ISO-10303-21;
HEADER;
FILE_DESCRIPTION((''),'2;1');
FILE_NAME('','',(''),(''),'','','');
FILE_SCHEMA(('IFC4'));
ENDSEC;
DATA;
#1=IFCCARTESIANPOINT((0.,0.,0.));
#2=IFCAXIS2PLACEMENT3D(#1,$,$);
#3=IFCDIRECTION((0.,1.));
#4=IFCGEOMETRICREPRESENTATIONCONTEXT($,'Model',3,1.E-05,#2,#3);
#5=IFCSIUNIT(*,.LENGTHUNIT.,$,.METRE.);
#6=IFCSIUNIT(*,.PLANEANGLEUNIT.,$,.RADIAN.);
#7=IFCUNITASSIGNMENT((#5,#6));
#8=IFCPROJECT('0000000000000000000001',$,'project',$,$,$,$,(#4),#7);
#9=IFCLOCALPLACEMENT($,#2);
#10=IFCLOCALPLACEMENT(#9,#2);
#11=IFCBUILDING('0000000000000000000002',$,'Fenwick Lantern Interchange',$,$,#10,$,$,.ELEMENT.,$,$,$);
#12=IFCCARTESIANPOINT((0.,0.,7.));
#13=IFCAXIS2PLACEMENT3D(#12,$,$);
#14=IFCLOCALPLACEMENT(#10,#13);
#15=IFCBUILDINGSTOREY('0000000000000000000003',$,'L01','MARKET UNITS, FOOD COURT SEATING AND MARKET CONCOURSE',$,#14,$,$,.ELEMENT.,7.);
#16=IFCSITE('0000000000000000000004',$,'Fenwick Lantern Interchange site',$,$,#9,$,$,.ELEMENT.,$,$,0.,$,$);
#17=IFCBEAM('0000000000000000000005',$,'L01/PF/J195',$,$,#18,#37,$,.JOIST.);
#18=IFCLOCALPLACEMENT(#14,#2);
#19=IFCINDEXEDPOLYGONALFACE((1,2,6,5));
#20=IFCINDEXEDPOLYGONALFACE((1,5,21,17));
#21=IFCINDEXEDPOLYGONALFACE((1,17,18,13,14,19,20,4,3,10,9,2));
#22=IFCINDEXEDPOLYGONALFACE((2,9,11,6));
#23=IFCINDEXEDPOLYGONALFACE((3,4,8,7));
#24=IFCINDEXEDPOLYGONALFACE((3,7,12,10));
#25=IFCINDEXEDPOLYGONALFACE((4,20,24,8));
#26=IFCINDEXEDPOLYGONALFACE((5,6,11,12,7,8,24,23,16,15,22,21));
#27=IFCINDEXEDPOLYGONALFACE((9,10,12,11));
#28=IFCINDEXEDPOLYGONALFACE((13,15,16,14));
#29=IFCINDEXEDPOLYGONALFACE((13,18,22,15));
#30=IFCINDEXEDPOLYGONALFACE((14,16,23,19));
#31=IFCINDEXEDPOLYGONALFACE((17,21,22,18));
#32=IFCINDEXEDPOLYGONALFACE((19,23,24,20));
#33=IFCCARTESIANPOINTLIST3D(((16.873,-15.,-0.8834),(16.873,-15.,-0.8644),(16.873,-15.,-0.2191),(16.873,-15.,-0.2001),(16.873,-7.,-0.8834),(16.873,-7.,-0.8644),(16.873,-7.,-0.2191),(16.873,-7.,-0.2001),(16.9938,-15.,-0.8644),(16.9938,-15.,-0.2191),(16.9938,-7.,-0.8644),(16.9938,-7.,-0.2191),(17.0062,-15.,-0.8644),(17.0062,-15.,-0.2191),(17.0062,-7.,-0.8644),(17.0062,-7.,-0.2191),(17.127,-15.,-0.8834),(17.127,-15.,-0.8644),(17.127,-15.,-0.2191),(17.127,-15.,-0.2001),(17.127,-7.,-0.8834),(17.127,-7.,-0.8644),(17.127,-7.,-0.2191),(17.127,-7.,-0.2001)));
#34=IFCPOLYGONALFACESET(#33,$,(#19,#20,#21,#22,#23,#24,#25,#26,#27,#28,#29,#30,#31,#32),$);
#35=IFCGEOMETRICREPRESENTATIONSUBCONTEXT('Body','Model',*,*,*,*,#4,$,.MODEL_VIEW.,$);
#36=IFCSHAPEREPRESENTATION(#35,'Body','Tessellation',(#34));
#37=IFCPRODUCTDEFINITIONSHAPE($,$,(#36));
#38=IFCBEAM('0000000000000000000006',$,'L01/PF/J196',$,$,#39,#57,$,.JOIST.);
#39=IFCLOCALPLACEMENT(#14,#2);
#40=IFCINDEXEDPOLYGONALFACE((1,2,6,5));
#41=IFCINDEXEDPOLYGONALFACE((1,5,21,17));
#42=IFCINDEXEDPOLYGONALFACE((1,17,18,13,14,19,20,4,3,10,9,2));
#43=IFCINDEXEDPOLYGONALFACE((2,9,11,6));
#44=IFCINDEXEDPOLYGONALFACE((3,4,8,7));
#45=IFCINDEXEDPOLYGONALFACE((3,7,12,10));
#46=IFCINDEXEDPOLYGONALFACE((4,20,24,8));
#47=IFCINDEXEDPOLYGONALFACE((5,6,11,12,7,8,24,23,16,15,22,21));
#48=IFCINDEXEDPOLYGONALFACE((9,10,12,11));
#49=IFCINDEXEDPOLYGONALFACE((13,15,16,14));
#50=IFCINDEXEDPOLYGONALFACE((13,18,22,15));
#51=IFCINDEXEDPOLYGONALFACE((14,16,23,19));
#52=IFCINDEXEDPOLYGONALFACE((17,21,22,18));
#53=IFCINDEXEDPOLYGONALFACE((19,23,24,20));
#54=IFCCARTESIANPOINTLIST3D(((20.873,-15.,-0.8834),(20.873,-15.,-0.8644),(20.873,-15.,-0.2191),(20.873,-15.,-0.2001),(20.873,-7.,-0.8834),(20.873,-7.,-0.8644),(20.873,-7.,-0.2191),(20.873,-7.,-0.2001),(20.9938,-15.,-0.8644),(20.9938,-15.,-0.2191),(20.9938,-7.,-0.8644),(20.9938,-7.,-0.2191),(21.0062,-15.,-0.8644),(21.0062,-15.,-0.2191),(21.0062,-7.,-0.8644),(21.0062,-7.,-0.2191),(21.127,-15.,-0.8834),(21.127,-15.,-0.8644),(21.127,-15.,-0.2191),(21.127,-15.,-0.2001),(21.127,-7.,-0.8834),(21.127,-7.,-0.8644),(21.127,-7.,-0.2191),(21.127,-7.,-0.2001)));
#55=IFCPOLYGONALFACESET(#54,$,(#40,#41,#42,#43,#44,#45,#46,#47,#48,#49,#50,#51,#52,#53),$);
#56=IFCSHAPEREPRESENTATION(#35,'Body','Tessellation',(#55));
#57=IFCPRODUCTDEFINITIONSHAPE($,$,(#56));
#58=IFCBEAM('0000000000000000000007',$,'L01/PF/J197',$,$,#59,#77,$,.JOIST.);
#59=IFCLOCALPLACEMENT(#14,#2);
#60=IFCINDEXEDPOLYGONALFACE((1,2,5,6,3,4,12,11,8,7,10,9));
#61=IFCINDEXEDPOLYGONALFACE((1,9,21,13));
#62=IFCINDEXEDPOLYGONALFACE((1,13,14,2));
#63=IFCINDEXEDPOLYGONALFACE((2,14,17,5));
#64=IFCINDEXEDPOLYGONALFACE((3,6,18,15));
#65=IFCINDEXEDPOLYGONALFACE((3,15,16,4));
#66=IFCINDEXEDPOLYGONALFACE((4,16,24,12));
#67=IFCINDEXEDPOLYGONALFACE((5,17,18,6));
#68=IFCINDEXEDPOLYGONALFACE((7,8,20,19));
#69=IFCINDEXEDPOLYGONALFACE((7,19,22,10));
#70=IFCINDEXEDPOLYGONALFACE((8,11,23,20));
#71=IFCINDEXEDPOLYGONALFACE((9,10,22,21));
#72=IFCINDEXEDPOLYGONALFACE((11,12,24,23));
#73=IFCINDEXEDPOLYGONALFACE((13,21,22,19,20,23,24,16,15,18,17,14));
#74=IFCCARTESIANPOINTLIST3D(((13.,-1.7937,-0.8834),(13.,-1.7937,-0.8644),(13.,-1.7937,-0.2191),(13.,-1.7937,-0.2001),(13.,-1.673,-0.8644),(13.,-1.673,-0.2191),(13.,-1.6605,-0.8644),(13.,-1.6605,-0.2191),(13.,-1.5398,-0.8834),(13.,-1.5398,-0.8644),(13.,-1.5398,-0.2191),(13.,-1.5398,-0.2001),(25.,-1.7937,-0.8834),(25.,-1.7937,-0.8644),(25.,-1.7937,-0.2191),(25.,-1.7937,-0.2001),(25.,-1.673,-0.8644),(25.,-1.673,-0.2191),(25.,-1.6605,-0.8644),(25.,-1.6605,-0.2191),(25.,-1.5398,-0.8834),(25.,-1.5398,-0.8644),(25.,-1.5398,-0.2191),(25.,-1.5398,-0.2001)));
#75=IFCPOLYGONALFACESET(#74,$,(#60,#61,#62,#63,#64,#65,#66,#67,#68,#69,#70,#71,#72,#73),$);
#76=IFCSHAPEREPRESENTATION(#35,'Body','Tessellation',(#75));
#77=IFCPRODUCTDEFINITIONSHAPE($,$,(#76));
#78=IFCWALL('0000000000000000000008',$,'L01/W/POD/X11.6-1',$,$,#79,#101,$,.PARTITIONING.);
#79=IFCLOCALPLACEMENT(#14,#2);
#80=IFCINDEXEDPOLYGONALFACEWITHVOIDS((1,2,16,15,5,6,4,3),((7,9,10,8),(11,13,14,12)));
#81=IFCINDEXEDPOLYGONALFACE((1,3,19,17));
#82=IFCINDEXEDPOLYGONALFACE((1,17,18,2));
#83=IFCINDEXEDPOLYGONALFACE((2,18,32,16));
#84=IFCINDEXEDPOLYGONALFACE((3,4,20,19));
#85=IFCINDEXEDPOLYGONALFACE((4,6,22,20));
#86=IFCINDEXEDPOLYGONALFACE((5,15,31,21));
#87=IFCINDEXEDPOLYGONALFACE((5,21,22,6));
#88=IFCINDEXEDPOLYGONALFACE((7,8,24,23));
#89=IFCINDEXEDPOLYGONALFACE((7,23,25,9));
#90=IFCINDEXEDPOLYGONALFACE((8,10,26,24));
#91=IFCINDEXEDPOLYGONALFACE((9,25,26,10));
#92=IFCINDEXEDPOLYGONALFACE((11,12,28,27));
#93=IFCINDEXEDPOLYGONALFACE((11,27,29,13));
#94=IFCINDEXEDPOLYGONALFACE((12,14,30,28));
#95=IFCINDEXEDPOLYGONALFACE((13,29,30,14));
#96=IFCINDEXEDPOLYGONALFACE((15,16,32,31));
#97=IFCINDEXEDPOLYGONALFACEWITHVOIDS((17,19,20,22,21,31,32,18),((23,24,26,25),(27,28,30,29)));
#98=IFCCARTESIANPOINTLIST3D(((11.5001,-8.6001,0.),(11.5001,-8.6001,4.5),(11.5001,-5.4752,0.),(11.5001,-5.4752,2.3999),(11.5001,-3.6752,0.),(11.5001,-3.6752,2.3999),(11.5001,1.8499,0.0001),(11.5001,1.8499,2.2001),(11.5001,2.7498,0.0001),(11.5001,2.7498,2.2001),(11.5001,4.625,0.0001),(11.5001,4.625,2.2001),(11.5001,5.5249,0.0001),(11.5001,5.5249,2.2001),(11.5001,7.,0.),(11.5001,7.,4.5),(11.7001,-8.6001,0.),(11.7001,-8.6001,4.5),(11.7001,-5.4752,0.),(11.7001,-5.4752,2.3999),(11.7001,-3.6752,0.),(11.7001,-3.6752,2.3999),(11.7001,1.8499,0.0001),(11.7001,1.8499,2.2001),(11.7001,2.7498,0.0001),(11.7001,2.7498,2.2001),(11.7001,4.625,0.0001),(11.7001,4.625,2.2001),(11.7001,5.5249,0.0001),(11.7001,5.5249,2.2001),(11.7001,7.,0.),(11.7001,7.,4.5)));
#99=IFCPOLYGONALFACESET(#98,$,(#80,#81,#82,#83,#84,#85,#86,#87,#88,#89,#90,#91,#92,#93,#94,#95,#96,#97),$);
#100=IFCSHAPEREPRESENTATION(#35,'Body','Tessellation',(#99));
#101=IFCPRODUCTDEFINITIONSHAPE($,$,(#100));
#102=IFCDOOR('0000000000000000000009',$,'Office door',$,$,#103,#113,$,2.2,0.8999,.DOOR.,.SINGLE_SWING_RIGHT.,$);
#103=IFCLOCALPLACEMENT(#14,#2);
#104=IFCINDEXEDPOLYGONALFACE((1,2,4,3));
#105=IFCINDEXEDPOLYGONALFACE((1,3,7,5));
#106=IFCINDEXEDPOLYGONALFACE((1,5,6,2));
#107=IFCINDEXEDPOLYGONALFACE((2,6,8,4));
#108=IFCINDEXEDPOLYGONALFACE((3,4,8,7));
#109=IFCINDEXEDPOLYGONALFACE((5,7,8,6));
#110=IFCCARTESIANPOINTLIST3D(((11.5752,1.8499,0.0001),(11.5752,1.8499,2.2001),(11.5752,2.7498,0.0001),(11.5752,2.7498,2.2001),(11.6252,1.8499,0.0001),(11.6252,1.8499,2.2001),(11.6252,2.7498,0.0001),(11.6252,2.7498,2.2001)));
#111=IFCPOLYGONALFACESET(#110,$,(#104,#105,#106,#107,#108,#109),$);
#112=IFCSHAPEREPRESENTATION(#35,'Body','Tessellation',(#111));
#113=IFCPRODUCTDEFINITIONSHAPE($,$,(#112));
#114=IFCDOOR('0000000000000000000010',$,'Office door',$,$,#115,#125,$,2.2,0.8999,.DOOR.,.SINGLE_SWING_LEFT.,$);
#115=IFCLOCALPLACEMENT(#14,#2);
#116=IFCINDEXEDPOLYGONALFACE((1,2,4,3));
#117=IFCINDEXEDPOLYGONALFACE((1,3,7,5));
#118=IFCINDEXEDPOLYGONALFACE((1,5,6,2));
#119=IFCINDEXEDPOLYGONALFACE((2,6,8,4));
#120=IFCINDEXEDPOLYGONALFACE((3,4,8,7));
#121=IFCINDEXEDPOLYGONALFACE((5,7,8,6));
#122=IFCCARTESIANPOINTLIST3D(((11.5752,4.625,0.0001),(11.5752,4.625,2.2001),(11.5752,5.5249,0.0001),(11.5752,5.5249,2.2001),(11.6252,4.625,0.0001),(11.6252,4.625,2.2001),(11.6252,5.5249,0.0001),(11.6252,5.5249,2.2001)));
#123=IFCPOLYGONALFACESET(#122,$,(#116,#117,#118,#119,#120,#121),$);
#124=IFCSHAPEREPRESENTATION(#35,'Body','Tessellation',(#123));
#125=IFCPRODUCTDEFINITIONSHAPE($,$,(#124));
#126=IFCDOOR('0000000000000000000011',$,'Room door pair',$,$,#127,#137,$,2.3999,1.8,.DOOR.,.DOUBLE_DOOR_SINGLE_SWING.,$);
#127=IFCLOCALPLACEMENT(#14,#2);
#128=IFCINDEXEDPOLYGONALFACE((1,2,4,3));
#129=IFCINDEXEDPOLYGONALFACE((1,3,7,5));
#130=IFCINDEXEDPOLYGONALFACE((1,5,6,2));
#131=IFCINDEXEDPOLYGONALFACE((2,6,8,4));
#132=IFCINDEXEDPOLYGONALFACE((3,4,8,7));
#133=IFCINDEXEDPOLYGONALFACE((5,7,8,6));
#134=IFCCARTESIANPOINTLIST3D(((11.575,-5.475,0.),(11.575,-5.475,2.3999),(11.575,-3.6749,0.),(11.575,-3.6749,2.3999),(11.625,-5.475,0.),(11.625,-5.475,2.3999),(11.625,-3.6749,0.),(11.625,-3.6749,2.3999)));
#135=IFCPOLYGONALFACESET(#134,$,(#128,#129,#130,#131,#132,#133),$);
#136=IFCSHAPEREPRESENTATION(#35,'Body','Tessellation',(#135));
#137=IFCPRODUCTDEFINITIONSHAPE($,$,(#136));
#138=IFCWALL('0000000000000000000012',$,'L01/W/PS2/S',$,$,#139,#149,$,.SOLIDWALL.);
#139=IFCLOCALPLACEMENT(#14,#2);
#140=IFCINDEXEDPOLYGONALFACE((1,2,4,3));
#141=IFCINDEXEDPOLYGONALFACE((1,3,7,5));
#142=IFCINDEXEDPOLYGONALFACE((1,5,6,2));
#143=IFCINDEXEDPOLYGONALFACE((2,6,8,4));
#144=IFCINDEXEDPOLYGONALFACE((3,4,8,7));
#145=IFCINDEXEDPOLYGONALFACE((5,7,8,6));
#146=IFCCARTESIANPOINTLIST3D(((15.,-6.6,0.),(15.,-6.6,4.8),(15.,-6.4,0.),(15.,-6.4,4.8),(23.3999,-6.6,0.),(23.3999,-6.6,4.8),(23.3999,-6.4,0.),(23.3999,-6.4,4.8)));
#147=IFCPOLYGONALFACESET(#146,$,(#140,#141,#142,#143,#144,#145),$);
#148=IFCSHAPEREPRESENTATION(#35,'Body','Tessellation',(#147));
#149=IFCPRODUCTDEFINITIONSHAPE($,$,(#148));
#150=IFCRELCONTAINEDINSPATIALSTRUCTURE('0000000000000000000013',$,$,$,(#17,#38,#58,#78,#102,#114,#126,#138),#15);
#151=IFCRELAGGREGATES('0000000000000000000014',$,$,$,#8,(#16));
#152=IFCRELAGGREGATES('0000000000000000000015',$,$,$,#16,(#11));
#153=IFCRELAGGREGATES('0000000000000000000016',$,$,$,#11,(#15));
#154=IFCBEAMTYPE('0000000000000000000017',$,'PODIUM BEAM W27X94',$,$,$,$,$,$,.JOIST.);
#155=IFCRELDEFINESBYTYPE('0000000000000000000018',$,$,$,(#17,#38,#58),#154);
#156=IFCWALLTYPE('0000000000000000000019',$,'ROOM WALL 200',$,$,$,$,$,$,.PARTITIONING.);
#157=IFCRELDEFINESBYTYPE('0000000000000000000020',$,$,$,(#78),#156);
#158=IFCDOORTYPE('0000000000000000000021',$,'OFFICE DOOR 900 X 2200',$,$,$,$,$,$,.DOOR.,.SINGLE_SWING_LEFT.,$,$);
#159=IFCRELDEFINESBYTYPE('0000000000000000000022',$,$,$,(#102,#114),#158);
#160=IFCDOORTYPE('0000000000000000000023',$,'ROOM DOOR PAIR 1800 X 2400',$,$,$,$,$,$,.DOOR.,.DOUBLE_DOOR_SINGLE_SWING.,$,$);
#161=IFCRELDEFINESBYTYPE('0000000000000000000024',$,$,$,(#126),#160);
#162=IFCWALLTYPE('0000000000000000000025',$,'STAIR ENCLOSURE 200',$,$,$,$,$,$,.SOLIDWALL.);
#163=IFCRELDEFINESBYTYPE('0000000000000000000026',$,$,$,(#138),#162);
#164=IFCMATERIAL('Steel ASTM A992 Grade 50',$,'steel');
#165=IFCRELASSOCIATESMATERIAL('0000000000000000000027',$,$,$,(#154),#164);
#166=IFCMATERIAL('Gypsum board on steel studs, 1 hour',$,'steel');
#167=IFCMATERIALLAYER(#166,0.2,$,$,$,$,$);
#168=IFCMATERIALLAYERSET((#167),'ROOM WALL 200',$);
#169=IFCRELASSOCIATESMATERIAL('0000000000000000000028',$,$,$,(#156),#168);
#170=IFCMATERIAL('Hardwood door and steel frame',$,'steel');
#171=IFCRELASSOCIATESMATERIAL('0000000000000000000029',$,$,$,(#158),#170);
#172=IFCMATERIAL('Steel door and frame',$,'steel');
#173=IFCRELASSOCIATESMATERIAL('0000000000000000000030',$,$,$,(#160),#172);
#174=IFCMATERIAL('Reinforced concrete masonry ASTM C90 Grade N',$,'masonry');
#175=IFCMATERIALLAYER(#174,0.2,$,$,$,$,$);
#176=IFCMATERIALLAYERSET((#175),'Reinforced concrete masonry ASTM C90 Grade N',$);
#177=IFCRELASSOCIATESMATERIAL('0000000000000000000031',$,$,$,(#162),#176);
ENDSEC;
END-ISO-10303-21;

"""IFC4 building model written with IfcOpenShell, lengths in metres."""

from ifc_helpers import new_model, si_unit, direction, frame, frame_2d, origin, origin_2d, place, context, subcontext, project, spatial, rectangle, i_section, extrude, material, layer, layer_set, material_profile, profile_set, type_object, element, fill, save


model = new_model("IFC4")

# Units and contexts
model_context = context("Model", 3, precision=1e-05, world=origin(), true_north=direction((0.0, 1.0)))
body_context = subcontext(model_context, "Body", "Model", "MODEL_VIEW")
ifc_project = project(units=[si_unit("LENGTHUNIT", "METRE"), si_unit("PLANEANGLEUNIT", "RADIAN")], contexts=[model_context])

# Site, building, storey
site_placement = place(None, origin())
site = spatial("IfcSite", under=ifc_project, at=site_placement, Name="Fenwick Lantern Interchange site", CompositionType="ELEMENT", RefElevation=0.0)
building_placement = place(site_placement, origin())
building = spatial("IfcBuilding", under=site, at=building_placement, Name="Fenwick Lantern Interchange", CompositionType="ELEMENT")
storey_placement = place(building_placement, frame((0.0, 0.0, 7.0)))
storey = spatial("IfcBuildingStorey", under=building, at=storey_placement, Name="L01", Description="MARKET UNITS, FOOD COURT SEATING AND MARKET CONCOURSE", CompositionType="ELEMENT", Elevation=7.0)

# Shared definitions
ifc_material_1 = material(Name="Steel ASTM A992 Grade 50", Category="steel")

# Beams
ifc_material_profile_1 = material_profile(ifc_material_1, i_section(OverallWidth=0.2539, OverallDepth=0.6833, WebThickness=0.0125, FlangeThickness=0.019, at=origin_2d()), Name="W27X94")
ifc_profile_set_1 = profile_set([ifc_material_profile_1], Name="Steel ASTM A992 Grade 50")
beam_type_1 = type_object("IfcBeamType", Name="PODIUM BEAM W27X94", PredefinedType="JOIST", material=ifc_profile_set_1)
for number, where, z_axis, x_axis, name in (
    (1, (17.0, -15.0, -0.5417), (0.0, 1.0, 0.0), (-1.0, 0.0, 0.0), "L01/PF/J195"),
    (2, (21.0, -15.0, -0.5417), (0.0, 1.0, 0.0), (-1.0, 0.0, 0.0), "L01/PF/J196"),
):
    element("IfcBeam", number, at=place(storey_placement, frame(where, z_axis=z_axis, x_axis=x_axis)), inside=storey, type_object=beam_type_1, Name=name, PredefinedType="JOIST", context=body_context, shape_type="SweptSolid", body=[
        extrude(i_section(OverallWidth=0.2539, OverallDepth=0.6833, WebThickness=0.0125, FlangeThickness=0.019, at=origin_2d()), origin(), (0.0, 0.0, 1.0), 8.0),
    ])
beam_1_placement = place(storey_placement, frame((13.0, -1.6667, -0.5417), z_axis=(1.0, 0.0, 0.0), x_axis=(0.0, 1.0, 0.0)))
element("IfcBeam", 3, at=beam_1_placement, inside=storey, type_object=beam_type_1, Name="L01/PF/J197", PredefinedType="JOIST", context=body_context, shape_type="SweptSolid", body=[
    extrude(i_section(OverallWidth=0.2539, OverallDepth=0.6833, WebThickness=0.0125, FlangeThickness=0.019, at=origin_2d()), origin(), (0.0, 0.0, 1.0), 12.0),
])

# Wall, openings, doors
ifc_material_2 = material(Name="Gypsum board on steel studs, 1 hour", Category="steel")
ifc_layer_1 = layer(ifc_material_2, 0.2)
ifc_layer_set_1 = layer_set([ifc_layer_1], Name="ROOM WALL 200")
wall_type_1 = type_object("IfcWallType", Name="ROOM WALL 200", PredefinedType="PARTITIONING", material=ifc_layer_set_1)
wall_1_placement = place(storey_placement, frame((11.6001, -8.6001, 0.0), z_axis=(0.0, 0.0, 1.0), x_axis=(0.0, 1.0, 0.0)))
wall_1 = element("IfcWall", 4, at=wall_1_placement, inside=storey, type_object=wall_type_1, Name="L01/W/POD/X11.6-1", PredefinedType="PARTITIONING", context=body_context, shape_type="SweptSolid", body=[
    extrude(rectangle(XDim=15.6001, YDim=0.2, at=frame_2d((7.8, 0.0))), origin(), (0.0, 0.0, 1.0), 4.5),
])
opening_1_placement = place(wall_1_placement, frame((3.125, 0.0, 0.0)))
opening_1 = element("IfcOpeningElement", 5, at=opening_1_placement, cuts=wall_1, PredefinedType="OPENING", context=body_context, shape_type="SweptSolid", body=[
    extrude(rectangle(XDim=1.8, YDim=2.3999, at=frame_2d((0.8999, 1.2))), frame((0.0, 0.1099, 0.0), z_axis=(0.0, -1.0, 0.0), x_axis=(1.0, 0.0, 0.0)), (0.0, 0.0, 1.0), 0.22),
])
opening_2_placement = place(wall_1_placement, frame((10.45, 0.0, 0.0)))
opening_2 = element("IfcOpeningElement", 6, at=opening_2_placement, cuts=wall_1, PredefinedType="OPENING", context=body_context, shape_type="SweptSolid", body=[
    extrude(rectangle(XDim=0.8999, YDim=2.2, at=frame_2d((0.45, 1.1001))), frame((0.0, 0.1099, 0.0), z_axis=(0.0, -1.0, 0.0), x_axis=(1.0, 0.0, 0.0)), (0.0, 0.0, 1.0), 0.22),
])
opening_3_placement = place(wall_1_placement, frame((13.2251, 0.0, 0.0)))
opening_3 = element("IfcOpeningElement", 7, at=opening_3_placement, cuts=wall_1, PredefinedType="OPENING", context=body_context, shape_type="SweptSolid", body=[
    extrude(rectangle(XDim=0.8999, YDim=2.2, at=frame_2d((0.45, 1.1001))), frame((0.0, 0.1099, 0.0), z_axis=(0.0, -1.0, 0.0), x_axis=(1.0, 0.0, 0.0)), (0.0, 0.0, 1.0), 0.22),
])
ifc_material_3 = material(Name="Hardwood door and steel frame", Category="steel")
door_type_1 = type_object("IfcDoorType", Name="OFFICE DOOR 900 X 2200", OperationType="SINGLE_SWING_LEFT", PredefinedType="DOOR", material=ifc_material_3)
door_1_placement = place(opening_2_placement, origin())
door_1 = element("IfcDoor", 8, at=door_1_placement, inside=storey, type_object=door_type_1, Name="Office door", OperationType="SINGLE_SWING_RIGHT", OverallHeight=2.2, OverallWidth=0.8999, PredefinedType="DOOR", context=body_context, shape_type="SweptSolid", body=[
    extrude(rectangle(XDim=0.8999, YDim=2.2, at=frame_2d((0.45, 1.1001))), frame((0.0, 0.0249, 0.0), z_axis=(0.0, -1.0, 0.0), x_axis=(1.0, 0.0, 0.0)), (0.0, 0.0, 1.0), 0.05),
])
fill(opening_2, door_1)
door_2_placement = place(opening_3_placement, origin())
door_2 = element("IfcDoor", 9, at=door_2_placement, inside=storey, type_object=door_type_1, Name="Office door", OperationType="SINGLE_SWING_LEFT", OverallHeight=2.2, OverallWidth=0.8999, PredefinedType="DOOR", context=body_context, shape_type="SweptSolid", body=[
    extrude(rectangle(XDim=0.8999, YDim=2.2, at=frame_2d((0.45, 1.1001))), frame((0.0, 0.0249, 0.0), z_axis=(0.0, -1.0, 0.0), x_axis=(1.0, 0.0, 0.0)), (0.0, 0.0, 1.0), 0.05),
])
fill(opening_3, door_2)
ifc_material_4 = material(Name="Steel door and frame", Category="steel")
door_type_2 = type_object("IfcDoorType", Name="ROOM DOOR PAIR 1800 X 2400", OperationType="DOUBLE_DOOR_SINGLE_SWING", PredefinedType="DOOR", material=ifc_material_4)
door_3_placement = place(opening_1_placement, frame((1.8, 0.0, 0.0), z_axis=(0.0, 0.0, 1.0), x_axis=(-1.0, 0.0, 0.0)))
door_3 = element("IfcDoor", 10, at=door_3_placement, inside=storey, type_object=door_type_2, Name="Room door pair", OperationType="DOUBLE_DOOR_SINGLE_SWING", OverallHeight=2.3999, OverallWidth=1.8, PredefinedType="DOOR", context=body_context, shape_type="SweptSolid", body=[
    extrude(rectangle(XDim=1.8, YDim=2.3999, at=frame_2d((0.8999, 1.2))), frame((0.0, 0.0249, 0.0), z_axis=(0.0, -1.0, 0.0), x_axis=(1.0, 0.0, 0.0)), (0.0, 0.0, 1.0), 0.05),
])
fill(opening_1, door_3)

# Wall
ifc_material_5 = material(Name="Reinforced concrete masonry ASTM C90 Grade N", Category="masonry")
ifc_layer_2 = layer(ifc_material_5, 0.2)
ifc_layer_set_2 = layer_set([ifc_layer_2], Name="Reinforced concrete masonry ASTM C90 Grade N")
wall_type_2 = type_object("IfcWallType", Name="STAIR ENCLOSURE 200", PredefinedType="SOLIDWALL", material=ifc_layer_set_2)
wall_2_placement = place(storey_placement, frame((15.0, -6.5, 0.0), z_axis=(0.0, 0.0, 1.0), x_axis=(1.0, 0.0, 0.0)))
element("IfcWall", 11, at=wall_2_placement, inside=storey, type_object=wall_type_2, Name="L01/W/PS2/S", PredefinedType="SOLIDWALL", context=body_context, shape_type="SweptSolid", body=[
    extrude(rectangle(XDim=8.3999, YDim=0.2, at=frame_2d((4.2, 0.0))), origin(), (0.0, 0.0, 1.0), 4.8),
])

save(model, "model.ifc")
